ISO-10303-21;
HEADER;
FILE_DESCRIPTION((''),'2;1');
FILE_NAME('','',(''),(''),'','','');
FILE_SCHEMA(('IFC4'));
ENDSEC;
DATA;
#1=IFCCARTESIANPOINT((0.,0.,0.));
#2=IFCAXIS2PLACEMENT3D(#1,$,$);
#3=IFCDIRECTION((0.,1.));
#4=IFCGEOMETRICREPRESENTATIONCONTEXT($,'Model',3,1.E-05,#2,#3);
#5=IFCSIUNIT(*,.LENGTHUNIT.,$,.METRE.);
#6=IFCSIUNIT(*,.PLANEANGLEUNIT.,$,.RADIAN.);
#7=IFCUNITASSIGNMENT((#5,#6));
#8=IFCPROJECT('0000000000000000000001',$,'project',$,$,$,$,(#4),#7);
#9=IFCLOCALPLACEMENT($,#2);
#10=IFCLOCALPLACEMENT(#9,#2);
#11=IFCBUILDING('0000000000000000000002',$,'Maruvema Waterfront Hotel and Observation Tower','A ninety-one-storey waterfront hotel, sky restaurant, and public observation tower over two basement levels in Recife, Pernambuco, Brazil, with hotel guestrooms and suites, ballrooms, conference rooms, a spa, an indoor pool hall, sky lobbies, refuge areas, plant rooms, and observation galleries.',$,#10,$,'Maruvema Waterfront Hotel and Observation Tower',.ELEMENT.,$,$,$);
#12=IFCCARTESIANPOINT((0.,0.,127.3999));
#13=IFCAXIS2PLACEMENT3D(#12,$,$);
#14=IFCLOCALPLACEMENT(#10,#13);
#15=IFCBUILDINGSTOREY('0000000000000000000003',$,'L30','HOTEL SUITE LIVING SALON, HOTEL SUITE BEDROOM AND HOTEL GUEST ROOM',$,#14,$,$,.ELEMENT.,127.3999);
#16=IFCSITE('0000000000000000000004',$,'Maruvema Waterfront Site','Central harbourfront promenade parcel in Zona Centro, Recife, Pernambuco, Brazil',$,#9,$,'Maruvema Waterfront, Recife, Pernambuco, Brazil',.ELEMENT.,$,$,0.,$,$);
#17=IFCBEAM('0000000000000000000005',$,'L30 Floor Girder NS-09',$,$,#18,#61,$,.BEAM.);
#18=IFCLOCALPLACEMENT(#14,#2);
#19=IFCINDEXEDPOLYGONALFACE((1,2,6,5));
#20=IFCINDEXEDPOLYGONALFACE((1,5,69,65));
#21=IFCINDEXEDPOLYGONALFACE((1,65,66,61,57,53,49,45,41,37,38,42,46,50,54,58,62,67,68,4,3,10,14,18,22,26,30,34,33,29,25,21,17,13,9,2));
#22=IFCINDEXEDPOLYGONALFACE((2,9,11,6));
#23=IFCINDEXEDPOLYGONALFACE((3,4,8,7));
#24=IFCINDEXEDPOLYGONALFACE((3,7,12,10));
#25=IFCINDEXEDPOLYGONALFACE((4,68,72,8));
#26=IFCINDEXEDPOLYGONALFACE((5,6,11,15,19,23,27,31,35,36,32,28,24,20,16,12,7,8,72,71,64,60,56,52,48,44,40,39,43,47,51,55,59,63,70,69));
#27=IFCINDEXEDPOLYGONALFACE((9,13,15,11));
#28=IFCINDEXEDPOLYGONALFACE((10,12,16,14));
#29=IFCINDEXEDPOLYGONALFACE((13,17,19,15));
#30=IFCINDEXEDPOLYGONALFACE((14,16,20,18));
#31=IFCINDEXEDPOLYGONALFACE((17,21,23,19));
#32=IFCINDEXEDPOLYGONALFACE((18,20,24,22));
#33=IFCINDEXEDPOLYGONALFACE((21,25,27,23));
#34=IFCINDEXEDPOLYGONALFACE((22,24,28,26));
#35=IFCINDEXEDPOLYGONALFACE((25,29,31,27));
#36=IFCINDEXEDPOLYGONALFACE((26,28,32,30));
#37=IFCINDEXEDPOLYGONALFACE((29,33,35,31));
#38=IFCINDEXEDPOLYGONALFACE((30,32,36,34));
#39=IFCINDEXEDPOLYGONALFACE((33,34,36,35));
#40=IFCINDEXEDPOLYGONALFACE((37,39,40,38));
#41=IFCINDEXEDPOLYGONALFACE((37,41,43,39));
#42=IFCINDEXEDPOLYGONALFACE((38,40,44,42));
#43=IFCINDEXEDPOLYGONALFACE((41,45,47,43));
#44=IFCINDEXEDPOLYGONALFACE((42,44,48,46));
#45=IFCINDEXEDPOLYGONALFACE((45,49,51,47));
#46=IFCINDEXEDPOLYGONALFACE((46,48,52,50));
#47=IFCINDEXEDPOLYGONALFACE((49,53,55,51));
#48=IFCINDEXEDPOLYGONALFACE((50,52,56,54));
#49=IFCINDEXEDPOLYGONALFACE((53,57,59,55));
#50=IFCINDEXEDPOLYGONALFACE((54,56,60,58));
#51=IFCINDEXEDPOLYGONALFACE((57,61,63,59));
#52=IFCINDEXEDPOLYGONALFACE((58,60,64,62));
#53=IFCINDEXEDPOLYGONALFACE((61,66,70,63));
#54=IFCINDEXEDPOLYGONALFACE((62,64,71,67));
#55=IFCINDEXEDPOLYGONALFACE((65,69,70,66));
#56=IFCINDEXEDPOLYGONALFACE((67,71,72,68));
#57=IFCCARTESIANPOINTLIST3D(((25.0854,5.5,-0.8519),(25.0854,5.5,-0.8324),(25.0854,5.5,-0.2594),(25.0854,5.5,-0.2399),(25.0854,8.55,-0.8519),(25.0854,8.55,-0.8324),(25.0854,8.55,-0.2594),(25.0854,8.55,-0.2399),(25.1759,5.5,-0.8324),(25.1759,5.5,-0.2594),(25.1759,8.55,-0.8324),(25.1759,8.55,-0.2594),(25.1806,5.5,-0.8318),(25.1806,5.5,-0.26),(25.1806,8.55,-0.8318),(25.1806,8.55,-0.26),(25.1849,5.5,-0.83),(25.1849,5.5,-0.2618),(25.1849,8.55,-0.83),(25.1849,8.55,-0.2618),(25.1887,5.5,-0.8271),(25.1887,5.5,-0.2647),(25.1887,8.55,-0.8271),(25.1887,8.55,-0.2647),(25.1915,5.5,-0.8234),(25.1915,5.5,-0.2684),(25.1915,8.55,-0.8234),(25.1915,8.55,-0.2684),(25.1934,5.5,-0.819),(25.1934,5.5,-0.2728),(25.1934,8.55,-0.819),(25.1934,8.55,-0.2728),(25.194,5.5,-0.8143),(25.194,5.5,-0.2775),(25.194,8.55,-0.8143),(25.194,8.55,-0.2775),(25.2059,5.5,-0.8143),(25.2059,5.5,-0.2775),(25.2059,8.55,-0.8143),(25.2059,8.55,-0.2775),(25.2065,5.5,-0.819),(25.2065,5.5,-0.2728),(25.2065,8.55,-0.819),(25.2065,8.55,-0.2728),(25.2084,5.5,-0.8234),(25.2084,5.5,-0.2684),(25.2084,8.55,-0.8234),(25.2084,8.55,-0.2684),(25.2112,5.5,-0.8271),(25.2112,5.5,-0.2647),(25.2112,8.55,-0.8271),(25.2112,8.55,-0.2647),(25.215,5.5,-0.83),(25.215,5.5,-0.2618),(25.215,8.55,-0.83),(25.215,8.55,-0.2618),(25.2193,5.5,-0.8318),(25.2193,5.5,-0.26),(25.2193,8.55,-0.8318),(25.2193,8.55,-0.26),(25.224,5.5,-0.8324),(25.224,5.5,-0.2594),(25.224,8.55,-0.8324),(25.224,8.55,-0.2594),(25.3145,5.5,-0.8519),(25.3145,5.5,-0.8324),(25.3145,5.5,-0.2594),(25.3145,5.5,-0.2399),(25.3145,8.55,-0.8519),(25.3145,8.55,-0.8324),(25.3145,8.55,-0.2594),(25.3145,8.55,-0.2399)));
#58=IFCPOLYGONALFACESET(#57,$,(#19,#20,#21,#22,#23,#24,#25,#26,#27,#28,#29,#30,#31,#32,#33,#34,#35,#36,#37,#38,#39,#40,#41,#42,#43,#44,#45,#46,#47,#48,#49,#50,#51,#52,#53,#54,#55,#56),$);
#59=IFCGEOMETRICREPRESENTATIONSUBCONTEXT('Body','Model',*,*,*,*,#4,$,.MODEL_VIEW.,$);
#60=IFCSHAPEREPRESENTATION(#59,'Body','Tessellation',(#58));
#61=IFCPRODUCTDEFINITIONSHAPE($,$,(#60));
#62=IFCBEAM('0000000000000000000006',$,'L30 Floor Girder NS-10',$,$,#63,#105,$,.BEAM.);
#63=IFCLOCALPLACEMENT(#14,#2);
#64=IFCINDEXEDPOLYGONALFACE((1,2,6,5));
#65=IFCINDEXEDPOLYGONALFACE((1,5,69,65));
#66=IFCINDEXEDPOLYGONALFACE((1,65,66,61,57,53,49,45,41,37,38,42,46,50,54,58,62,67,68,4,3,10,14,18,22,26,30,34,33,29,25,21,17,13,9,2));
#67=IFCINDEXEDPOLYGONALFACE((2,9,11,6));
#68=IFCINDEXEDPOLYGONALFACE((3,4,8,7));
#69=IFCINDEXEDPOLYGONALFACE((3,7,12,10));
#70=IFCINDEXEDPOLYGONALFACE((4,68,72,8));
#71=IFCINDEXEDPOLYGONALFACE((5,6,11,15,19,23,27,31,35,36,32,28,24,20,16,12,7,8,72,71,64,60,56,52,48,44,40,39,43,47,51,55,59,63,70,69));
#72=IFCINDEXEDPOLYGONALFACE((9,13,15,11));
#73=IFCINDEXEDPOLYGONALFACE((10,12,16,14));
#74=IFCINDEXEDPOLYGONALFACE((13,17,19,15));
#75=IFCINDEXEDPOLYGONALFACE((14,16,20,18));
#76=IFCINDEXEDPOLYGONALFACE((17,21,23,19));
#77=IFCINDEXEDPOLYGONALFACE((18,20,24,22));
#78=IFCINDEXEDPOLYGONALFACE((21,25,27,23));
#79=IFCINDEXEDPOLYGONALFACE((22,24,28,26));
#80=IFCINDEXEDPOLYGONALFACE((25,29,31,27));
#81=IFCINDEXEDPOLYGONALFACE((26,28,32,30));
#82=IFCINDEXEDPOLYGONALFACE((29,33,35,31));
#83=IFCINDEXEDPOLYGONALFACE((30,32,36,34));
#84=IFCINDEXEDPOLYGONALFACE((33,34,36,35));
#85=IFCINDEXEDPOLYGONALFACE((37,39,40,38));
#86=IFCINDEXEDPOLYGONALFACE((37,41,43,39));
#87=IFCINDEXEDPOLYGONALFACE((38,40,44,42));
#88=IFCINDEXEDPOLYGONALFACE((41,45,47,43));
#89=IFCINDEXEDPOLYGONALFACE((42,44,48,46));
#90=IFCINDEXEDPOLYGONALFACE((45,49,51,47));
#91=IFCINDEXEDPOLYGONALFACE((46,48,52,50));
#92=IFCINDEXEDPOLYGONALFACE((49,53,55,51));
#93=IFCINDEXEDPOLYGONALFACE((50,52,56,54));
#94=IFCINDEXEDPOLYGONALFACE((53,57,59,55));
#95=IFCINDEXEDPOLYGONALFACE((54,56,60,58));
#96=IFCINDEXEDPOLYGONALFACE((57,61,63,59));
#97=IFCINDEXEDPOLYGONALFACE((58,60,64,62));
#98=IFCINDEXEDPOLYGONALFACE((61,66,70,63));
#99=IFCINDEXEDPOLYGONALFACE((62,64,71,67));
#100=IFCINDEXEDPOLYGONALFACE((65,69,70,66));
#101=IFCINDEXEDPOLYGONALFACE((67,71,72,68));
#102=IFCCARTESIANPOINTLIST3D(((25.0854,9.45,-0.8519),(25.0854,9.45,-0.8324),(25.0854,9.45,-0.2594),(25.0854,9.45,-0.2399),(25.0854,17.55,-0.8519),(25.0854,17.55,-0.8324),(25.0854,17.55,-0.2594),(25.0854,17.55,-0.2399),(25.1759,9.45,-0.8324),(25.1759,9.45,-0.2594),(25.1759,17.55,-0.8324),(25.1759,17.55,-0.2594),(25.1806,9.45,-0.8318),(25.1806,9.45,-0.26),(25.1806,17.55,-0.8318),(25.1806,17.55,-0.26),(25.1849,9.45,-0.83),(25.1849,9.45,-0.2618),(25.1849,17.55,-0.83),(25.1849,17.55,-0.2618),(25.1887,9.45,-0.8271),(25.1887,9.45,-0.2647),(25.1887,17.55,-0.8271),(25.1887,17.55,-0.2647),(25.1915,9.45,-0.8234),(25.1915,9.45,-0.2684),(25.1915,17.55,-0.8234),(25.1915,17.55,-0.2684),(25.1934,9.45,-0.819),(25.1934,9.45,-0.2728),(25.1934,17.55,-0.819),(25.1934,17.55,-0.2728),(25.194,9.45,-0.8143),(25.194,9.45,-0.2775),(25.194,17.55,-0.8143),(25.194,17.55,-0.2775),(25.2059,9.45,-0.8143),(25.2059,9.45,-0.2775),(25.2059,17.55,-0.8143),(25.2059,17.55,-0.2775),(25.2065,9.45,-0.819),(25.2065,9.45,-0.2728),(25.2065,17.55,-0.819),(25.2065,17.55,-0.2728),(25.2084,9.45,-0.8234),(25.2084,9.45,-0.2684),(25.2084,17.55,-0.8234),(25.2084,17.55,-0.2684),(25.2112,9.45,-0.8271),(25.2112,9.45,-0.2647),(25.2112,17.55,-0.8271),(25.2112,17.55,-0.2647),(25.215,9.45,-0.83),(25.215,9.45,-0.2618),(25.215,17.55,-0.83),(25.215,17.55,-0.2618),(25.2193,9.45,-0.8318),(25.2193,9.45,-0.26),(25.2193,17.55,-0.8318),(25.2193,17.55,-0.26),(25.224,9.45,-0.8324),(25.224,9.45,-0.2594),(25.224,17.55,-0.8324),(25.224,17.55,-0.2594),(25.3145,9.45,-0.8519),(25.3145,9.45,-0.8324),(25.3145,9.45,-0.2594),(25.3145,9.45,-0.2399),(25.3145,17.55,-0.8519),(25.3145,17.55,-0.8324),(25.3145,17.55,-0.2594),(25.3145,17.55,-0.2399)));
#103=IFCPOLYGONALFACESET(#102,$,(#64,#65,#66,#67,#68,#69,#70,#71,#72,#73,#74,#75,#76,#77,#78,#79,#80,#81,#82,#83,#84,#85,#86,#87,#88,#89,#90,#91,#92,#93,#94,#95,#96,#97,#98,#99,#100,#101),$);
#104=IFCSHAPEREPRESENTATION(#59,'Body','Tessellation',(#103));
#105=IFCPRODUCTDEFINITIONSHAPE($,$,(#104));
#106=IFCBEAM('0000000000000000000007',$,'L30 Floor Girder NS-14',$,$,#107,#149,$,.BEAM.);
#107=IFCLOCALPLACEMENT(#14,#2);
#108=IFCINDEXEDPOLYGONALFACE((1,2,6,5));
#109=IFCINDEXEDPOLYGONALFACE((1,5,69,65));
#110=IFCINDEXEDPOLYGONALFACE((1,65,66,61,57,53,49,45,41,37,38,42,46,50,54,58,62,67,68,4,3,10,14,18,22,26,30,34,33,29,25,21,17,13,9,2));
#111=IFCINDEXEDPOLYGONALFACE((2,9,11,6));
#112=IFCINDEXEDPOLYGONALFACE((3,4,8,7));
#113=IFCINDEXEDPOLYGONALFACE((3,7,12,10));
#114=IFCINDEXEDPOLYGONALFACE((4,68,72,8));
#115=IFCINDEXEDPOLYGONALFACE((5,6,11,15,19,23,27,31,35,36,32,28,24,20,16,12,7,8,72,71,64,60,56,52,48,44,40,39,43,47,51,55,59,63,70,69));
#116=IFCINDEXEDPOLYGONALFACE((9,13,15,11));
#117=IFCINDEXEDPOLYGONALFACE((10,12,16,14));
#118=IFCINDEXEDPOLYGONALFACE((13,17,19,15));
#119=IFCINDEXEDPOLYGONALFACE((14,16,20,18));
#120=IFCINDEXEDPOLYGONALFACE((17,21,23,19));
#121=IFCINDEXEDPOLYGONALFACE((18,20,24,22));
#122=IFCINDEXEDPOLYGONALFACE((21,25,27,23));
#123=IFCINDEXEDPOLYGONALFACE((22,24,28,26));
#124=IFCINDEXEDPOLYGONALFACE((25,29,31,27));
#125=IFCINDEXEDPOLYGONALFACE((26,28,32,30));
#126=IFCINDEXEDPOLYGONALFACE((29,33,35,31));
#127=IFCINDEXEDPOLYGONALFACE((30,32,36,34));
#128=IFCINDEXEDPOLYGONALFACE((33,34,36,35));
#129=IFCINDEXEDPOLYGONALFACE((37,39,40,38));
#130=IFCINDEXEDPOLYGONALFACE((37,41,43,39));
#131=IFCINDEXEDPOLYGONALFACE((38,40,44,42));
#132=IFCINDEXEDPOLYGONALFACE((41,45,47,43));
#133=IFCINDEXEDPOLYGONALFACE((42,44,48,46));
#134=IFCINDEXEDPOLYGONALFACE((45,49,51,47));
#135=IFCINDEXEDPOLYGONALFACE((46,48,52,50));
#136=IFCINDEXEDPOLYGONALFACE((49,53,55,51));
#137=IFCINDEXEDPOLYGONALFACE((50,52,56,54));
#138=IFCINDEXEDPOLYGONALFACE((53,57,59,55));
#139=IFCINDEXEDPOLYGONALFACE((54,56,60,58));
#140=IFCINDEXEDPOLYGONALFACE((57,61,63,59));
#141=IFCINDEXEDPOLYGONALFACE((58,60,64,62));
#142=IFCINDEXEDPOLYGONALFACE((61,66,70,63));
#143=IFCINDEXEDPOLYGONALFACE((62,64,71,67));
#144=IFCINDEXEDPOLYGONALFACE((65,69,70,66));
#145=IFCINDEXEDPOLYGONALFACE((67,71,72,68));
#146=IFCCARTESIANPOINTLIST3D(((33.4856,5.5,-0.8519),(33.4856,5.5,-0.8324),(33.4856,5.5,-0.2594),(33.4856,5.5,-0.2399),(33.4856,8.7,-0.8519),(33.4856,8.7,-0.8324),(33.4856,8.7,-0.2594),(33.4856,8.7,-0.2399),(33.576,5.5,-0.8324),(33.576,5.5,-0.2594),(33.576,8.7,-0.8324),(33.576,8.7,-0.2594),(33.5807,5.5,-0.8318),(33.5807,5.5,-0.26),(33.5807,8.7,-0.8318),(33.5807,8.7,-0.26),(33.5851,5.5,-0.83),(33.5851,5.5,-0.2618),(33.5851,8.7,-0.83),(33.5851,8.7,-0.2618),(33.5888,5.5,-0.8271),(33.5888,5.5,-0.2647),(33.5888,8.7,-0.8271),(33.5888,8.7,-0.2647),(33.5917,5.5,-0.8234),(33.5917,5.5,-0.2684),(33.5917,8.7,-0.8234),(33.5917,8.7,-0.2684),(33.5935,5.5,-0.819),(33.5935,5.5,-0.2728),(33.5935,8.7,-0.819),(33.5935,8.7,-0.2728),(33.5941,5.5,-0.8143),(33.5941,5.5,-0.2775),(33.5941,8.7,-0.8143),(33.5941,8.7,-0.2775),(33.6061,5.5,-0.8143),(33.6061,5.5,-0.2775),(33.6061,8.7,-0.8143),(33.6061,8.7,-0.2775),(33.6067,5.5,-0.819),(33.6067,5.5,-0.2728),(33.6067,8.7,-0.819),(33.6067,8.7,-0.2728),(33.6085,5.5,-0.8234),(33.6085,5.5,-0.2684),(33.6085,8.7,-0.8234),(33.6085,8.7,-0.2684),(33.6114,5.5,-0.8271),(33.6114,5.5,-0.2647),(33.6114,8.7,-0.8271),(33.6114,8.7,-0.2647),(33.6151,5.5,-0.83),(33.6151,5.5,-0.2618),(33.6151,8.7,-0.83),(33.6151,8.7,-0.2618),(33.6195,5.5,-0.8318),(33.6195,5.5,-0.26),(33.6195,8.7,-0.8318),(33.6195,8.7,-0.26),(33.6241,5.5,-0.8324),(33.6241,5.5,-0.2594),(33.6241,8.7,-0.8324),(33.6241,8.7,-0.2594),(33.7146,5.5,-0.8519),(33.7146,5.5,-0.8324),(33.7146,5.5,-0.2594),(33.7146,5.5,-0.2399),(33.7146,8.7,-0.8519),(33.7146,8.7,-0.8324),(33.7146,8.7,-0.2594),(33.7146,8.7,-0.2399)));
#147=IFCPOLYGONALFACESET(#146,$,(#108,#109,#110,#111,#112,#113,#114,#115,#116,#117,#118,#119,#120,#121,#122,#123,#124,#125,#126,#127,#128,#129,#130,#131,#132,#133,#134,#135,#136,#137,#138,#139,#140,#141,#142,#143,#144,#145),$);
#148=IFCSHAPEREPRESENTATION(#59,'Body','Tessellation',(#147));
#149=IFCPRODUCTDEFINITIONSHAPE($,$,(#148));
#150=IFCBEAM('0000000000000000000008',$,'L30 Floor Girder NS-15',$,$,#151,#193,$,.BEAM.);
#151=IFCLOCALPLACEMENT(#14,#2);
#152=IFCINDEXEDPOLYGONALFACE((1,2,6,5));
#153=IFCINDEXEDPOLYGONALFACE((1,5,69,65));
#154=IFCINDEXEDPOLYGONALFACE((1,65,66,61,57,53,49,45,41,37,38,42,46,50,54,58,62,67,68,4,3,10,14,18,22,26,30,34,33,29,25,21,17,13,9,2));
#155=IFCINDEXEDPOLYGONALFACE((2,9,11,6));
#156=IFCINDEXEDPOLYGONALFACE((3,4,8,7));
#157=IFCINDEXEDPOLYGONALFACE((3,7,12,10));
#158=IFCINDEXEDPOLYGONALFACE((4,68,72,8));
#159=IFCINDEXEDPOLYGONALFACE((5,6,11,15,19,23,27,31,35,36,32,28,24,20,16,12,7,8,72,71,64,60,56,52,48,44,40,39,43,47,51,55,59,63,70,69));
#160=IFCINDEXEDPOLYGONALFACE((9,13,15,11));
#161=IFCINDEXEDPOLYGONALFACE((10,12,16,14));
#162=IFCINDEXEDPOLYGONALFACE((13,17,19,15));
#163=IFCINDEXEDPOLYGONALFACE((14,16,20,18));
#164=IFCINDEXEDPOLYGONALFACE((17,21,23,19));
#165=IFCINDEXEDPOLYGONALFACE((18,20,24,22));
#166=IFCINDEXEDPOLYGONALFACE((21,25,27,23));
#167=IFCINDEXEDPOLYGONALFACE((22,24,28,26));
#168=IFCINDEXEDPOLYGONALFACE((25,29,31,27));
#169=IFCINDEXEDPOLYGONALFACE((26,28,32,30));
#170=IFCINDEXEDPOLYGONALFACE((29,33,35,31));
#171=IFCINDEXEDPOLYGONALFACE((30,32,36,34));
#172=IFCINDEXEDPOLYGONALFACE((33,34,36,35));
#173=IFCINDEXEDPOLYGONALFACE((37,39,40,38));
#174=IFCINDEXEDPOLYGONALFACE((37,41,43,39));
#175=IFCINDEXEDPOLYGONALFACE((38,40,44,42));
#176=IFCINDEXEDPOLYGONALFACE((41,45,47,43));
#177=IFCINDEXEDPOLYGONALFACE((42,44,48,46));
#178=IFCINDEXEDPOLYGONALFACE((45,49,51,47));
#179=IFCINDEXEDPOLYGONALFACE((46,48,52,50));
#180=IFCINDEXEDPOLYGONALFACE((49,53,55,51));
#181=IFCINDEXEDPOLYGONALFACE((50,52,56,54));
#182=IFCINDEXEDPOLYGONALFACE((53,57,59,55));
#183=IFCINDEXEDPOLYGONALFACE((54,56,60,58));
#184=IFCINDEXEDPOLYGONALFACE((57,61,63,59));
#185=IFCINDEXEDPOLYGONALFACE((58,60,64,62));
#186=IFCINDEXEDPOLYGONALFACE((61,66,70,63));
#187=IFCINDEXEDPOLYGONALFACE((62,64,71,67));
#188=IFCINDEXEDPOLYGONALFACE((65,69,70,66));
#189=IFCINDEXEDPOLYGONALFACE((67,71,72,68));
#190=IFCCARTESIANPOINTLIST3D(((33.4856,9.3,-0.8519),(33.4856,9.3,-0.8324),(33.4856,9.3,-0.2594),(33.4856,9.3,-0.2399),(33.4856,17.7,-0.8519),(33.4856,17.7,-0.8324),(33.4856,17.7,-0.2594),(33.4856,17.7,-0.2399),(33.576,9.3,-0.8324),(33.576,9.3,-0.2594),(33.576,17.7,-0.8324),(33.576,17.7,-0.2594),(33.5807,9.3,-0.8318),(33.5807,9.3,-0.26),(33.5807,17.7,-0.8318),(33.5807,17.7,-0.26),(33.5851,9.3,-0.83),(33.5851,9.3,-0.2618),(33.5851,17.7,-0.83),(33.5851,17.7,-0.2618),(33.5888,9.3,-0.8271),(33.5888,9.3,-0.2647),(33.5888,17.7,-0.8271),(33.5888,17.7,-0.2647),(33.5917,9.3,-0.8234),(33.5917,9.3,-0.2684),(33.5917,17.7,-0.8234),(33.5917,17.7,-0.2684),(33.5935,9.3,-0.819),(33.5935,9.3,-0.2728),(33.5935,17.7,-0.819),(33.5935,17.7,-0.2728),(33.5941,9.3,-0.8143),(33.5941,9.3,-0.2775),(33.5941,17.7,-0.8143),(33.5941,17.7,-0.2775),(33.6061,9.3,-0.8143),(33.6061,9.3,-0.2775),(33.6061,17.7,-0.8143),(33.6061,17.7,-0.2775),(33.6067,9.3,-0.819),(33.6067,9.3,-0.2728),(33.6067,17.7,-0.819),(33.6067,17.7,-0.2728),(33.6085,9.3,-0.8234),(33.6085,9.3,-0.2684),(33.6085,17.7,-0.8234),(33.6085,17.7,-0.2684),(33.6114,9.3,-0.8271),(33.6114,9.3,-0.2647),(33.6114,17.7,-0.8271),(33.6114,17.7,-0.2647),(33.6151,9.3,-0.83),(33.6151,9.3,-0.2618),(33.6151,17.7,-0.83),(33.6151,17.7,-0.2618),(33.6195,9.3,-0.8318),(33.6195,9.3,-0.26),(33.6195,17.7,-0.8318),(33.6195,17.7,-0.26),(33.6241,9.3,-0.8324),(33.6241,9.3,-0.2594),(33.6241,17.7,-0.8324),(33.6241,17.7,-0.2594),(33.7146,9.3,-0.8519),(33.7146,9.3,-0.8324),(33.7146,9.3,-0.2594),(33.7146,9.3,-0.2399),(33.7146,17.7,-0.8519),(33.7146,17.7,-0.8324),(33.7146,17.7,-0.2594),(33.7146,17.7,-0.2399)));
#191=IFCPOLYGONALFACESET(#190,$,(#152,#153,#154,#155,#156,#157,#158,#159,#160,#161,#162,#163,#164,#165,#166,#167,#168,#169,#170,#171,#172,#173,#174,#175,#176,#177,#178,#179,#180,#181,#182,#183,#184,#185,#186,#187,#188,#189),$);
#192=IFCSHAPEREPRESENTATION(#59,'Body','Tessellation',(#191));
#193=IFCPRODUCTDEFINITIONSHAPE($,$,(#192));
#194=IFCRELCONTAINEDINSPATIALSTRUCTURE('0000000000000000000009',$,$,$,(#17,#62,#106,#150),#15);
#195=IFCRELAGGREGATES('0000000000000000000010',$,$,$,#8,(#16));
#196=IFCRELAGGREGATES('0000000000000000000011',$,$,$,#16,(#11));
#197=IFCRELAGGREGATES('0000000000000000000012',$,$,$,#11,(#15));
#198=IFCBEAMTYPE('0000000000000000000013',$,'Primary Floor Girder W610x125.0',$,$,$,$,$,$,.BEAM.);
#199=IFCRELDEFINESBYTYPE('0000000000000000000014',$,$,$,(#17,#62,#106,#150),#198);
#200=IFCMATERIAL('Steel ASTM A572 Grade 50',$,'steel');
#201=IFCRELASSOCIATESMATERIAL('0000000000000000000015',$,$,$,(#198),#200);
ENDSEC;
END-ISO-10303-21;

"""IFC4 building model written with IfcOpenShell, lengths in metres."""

from ifc_helpers import new_model, si_unit, direction, frame, origin, origin_2d, place, context, subcontext, project, spatial, i_section, extrude, material, material_profile, profile_set, type_object, element, save


model = new_model("IFC4")

# Units and contexts
model_context = context("Model", 3, precision=1e-05, world=origin(), true_north=direction((0.0, 1.0)))
body_context = subcontext(model_context, "Body", "Model", "MODEL_VIEW")
ifc_project = project(units=[si_unit("LENGTHUNIT", "METRE"), si_unit("PLANEANGLEUNIT", "RADIAN")], contexts=[model_context])

# Site, building, storey
site_placement = place(None, origin())
site = spatial("IfcSite", under=ifc_project, at=site_placement, Name="Maruvema Waterfront Site", Description="Central harbourfront promenade parcel in Zona Centro, Recife, Pernambuco, Brazil", LongName="Maruvema Waterfront, Recife, Pernambuco, Brazil", CompositionType="ELEMENT", RefElevation=0.0)
building_placement = place(site_placement, origin())
building = spatial("IfcBuilding", under=site, at=building_placement, Name="Maruvema Waterfront Hotel and Observation Tower", Description="A ninety-one-storey waterfront hotel, sky restaurant, and public observation tower over two basement levels in Recife, Pernambuco, Brazil, with hotel guestrooms and suites, ballrooms, conference rooms, a spa, an indoor pool hall, sky lobbies, refuge areas, plant rooms, and observation galleries.", LongName="Maruvema Waterfront Hotel and Observation Tower", CompositionType="ELEMENT")
storey_placement = place(building_placement, frame((0.0, 0.0, 127.3999)))
storey = spatial("IfcBuildingStorey", under=building, at=storey_placement, Name="L30", Description="HOTEL SUITE LIVING SALON, HOTEL SUITE BEDROOM AND HOTEL GUEST ROOM", CompositionType="ELEMENT", Elevation=127.3999)

# Beams
ifc_material_1 = material(Name="Steel ASTM A572 Grade 50", Category="steel")
ifc_material_profile_1 = material_profile(ifc_material_1, i_section(OverallWidth=0.229, OverallDepth=0.6121, WebThickness=0.012, FlangeThickness=0.0195, FilletRadius=0.0181, at=origin_2d()), Name="W610x125.0")
ifc_profile_set_1 = profile_set([ifc_material_profile_1], Name="Steel ASTM A572 Grade 50")
beam_type_1 = type_object("IfcBeamType", Name="Primary Floor Girder W610x125.0", PredefinedType="BEAM", material=ifc_profile_set_1)
beam_1_placement = place(storey_placement, frame((25.2, 5.5, -0.5459), z_axis=(0.0, 1.0, 0.0), x_axis=(-1.0, 0.0, 0.0)))
element("IfcBeam", 1, at=beam_1_placement, inside=storey, type_object=beam_type_1, Name="L30 Floor Girder NS-09", PredefinedType="BEAM", context=body_context, shape_type="SweptSolid", body=[
    extrude(i_section(OverallWidth=0.229, OverallDepth=0.6121, WebThickness=0.012, FlangeThickness=0.0195, FilletRadius=0.0181, at=origin_2d()), origin(), (0.0, 0.0, 1.0), 3.05),
])
beam_2_placement = place(storey_placement, frame((25.2, 9.45, -0.5459), z_axis=(0.0, 1.0, 0.0), x_axis=(-1.0, 0.0, 0.0)))
element("IfcBeam", 2, at=beam_2_placement, inside=storey, type_object=beam_type_1, Name="L30 Floor Girder NS-10", PredefinedType="BEAM", context=body_context, shape_type="SweptSolid", body=[
    extrude(i_section(OverallWidth=0.229, OverallDepth=0.6121, WebThickness=0.012, FlangeThickness=0.0195, FilletRadius=0.0181, at=origin_2d()), origin(), (0.0, 0.0, 1.0), 8.1001),
])
beam_3_placement = place(storey_placement, frame((33.6001, 5.5, -0.5459), z_axis=(0.0, 1.0, 0.0), x_axis=(-1.0, 0.0, 0.0)))
element("IfcBeam", 3, at=beam_3_placement, inside=storey, type_object=beam_type_1, Name="L30 Floor Girder NS-14", PredefinedType="BEAM", context=body_context, shape_type="SweptSolid", body=[
    extrude(i_section(OverallWidth=0.229, OverallDepth=0.6121, WebThickness=0.012, FlangeThickness=0.0195, FilletRadius=0.0181, at=origin_2d()), origin(), (0.0, 0.0, 1.0), 3.2),
])
beam_4_placement = place(storey_placement, frame((33.6001, 9.3, -0.5459), z_axis=(0.0, 1.0, 0.0), x_axis=(-1.0, 0.0, 0.0)))
element("IfcBeam", 4, at=beam_4_placement, inside=storey, type_object=beam_type_1, Name="L30 Floor Girder NS-15", PredefinedType="BEAM", context=body_context, shape_type="SweptSolid", body=[
    extrude(i_section(OverallWidth=0.229, OverallDepth=0.6121, WebThickness=0.012, FlangeThickness=0.0195, FilletRadius=0.0181, at=origin_2d()), origin(), (0.0, 0.0, 1.0), 8.3999),
])

save(model, "model.ifc")
